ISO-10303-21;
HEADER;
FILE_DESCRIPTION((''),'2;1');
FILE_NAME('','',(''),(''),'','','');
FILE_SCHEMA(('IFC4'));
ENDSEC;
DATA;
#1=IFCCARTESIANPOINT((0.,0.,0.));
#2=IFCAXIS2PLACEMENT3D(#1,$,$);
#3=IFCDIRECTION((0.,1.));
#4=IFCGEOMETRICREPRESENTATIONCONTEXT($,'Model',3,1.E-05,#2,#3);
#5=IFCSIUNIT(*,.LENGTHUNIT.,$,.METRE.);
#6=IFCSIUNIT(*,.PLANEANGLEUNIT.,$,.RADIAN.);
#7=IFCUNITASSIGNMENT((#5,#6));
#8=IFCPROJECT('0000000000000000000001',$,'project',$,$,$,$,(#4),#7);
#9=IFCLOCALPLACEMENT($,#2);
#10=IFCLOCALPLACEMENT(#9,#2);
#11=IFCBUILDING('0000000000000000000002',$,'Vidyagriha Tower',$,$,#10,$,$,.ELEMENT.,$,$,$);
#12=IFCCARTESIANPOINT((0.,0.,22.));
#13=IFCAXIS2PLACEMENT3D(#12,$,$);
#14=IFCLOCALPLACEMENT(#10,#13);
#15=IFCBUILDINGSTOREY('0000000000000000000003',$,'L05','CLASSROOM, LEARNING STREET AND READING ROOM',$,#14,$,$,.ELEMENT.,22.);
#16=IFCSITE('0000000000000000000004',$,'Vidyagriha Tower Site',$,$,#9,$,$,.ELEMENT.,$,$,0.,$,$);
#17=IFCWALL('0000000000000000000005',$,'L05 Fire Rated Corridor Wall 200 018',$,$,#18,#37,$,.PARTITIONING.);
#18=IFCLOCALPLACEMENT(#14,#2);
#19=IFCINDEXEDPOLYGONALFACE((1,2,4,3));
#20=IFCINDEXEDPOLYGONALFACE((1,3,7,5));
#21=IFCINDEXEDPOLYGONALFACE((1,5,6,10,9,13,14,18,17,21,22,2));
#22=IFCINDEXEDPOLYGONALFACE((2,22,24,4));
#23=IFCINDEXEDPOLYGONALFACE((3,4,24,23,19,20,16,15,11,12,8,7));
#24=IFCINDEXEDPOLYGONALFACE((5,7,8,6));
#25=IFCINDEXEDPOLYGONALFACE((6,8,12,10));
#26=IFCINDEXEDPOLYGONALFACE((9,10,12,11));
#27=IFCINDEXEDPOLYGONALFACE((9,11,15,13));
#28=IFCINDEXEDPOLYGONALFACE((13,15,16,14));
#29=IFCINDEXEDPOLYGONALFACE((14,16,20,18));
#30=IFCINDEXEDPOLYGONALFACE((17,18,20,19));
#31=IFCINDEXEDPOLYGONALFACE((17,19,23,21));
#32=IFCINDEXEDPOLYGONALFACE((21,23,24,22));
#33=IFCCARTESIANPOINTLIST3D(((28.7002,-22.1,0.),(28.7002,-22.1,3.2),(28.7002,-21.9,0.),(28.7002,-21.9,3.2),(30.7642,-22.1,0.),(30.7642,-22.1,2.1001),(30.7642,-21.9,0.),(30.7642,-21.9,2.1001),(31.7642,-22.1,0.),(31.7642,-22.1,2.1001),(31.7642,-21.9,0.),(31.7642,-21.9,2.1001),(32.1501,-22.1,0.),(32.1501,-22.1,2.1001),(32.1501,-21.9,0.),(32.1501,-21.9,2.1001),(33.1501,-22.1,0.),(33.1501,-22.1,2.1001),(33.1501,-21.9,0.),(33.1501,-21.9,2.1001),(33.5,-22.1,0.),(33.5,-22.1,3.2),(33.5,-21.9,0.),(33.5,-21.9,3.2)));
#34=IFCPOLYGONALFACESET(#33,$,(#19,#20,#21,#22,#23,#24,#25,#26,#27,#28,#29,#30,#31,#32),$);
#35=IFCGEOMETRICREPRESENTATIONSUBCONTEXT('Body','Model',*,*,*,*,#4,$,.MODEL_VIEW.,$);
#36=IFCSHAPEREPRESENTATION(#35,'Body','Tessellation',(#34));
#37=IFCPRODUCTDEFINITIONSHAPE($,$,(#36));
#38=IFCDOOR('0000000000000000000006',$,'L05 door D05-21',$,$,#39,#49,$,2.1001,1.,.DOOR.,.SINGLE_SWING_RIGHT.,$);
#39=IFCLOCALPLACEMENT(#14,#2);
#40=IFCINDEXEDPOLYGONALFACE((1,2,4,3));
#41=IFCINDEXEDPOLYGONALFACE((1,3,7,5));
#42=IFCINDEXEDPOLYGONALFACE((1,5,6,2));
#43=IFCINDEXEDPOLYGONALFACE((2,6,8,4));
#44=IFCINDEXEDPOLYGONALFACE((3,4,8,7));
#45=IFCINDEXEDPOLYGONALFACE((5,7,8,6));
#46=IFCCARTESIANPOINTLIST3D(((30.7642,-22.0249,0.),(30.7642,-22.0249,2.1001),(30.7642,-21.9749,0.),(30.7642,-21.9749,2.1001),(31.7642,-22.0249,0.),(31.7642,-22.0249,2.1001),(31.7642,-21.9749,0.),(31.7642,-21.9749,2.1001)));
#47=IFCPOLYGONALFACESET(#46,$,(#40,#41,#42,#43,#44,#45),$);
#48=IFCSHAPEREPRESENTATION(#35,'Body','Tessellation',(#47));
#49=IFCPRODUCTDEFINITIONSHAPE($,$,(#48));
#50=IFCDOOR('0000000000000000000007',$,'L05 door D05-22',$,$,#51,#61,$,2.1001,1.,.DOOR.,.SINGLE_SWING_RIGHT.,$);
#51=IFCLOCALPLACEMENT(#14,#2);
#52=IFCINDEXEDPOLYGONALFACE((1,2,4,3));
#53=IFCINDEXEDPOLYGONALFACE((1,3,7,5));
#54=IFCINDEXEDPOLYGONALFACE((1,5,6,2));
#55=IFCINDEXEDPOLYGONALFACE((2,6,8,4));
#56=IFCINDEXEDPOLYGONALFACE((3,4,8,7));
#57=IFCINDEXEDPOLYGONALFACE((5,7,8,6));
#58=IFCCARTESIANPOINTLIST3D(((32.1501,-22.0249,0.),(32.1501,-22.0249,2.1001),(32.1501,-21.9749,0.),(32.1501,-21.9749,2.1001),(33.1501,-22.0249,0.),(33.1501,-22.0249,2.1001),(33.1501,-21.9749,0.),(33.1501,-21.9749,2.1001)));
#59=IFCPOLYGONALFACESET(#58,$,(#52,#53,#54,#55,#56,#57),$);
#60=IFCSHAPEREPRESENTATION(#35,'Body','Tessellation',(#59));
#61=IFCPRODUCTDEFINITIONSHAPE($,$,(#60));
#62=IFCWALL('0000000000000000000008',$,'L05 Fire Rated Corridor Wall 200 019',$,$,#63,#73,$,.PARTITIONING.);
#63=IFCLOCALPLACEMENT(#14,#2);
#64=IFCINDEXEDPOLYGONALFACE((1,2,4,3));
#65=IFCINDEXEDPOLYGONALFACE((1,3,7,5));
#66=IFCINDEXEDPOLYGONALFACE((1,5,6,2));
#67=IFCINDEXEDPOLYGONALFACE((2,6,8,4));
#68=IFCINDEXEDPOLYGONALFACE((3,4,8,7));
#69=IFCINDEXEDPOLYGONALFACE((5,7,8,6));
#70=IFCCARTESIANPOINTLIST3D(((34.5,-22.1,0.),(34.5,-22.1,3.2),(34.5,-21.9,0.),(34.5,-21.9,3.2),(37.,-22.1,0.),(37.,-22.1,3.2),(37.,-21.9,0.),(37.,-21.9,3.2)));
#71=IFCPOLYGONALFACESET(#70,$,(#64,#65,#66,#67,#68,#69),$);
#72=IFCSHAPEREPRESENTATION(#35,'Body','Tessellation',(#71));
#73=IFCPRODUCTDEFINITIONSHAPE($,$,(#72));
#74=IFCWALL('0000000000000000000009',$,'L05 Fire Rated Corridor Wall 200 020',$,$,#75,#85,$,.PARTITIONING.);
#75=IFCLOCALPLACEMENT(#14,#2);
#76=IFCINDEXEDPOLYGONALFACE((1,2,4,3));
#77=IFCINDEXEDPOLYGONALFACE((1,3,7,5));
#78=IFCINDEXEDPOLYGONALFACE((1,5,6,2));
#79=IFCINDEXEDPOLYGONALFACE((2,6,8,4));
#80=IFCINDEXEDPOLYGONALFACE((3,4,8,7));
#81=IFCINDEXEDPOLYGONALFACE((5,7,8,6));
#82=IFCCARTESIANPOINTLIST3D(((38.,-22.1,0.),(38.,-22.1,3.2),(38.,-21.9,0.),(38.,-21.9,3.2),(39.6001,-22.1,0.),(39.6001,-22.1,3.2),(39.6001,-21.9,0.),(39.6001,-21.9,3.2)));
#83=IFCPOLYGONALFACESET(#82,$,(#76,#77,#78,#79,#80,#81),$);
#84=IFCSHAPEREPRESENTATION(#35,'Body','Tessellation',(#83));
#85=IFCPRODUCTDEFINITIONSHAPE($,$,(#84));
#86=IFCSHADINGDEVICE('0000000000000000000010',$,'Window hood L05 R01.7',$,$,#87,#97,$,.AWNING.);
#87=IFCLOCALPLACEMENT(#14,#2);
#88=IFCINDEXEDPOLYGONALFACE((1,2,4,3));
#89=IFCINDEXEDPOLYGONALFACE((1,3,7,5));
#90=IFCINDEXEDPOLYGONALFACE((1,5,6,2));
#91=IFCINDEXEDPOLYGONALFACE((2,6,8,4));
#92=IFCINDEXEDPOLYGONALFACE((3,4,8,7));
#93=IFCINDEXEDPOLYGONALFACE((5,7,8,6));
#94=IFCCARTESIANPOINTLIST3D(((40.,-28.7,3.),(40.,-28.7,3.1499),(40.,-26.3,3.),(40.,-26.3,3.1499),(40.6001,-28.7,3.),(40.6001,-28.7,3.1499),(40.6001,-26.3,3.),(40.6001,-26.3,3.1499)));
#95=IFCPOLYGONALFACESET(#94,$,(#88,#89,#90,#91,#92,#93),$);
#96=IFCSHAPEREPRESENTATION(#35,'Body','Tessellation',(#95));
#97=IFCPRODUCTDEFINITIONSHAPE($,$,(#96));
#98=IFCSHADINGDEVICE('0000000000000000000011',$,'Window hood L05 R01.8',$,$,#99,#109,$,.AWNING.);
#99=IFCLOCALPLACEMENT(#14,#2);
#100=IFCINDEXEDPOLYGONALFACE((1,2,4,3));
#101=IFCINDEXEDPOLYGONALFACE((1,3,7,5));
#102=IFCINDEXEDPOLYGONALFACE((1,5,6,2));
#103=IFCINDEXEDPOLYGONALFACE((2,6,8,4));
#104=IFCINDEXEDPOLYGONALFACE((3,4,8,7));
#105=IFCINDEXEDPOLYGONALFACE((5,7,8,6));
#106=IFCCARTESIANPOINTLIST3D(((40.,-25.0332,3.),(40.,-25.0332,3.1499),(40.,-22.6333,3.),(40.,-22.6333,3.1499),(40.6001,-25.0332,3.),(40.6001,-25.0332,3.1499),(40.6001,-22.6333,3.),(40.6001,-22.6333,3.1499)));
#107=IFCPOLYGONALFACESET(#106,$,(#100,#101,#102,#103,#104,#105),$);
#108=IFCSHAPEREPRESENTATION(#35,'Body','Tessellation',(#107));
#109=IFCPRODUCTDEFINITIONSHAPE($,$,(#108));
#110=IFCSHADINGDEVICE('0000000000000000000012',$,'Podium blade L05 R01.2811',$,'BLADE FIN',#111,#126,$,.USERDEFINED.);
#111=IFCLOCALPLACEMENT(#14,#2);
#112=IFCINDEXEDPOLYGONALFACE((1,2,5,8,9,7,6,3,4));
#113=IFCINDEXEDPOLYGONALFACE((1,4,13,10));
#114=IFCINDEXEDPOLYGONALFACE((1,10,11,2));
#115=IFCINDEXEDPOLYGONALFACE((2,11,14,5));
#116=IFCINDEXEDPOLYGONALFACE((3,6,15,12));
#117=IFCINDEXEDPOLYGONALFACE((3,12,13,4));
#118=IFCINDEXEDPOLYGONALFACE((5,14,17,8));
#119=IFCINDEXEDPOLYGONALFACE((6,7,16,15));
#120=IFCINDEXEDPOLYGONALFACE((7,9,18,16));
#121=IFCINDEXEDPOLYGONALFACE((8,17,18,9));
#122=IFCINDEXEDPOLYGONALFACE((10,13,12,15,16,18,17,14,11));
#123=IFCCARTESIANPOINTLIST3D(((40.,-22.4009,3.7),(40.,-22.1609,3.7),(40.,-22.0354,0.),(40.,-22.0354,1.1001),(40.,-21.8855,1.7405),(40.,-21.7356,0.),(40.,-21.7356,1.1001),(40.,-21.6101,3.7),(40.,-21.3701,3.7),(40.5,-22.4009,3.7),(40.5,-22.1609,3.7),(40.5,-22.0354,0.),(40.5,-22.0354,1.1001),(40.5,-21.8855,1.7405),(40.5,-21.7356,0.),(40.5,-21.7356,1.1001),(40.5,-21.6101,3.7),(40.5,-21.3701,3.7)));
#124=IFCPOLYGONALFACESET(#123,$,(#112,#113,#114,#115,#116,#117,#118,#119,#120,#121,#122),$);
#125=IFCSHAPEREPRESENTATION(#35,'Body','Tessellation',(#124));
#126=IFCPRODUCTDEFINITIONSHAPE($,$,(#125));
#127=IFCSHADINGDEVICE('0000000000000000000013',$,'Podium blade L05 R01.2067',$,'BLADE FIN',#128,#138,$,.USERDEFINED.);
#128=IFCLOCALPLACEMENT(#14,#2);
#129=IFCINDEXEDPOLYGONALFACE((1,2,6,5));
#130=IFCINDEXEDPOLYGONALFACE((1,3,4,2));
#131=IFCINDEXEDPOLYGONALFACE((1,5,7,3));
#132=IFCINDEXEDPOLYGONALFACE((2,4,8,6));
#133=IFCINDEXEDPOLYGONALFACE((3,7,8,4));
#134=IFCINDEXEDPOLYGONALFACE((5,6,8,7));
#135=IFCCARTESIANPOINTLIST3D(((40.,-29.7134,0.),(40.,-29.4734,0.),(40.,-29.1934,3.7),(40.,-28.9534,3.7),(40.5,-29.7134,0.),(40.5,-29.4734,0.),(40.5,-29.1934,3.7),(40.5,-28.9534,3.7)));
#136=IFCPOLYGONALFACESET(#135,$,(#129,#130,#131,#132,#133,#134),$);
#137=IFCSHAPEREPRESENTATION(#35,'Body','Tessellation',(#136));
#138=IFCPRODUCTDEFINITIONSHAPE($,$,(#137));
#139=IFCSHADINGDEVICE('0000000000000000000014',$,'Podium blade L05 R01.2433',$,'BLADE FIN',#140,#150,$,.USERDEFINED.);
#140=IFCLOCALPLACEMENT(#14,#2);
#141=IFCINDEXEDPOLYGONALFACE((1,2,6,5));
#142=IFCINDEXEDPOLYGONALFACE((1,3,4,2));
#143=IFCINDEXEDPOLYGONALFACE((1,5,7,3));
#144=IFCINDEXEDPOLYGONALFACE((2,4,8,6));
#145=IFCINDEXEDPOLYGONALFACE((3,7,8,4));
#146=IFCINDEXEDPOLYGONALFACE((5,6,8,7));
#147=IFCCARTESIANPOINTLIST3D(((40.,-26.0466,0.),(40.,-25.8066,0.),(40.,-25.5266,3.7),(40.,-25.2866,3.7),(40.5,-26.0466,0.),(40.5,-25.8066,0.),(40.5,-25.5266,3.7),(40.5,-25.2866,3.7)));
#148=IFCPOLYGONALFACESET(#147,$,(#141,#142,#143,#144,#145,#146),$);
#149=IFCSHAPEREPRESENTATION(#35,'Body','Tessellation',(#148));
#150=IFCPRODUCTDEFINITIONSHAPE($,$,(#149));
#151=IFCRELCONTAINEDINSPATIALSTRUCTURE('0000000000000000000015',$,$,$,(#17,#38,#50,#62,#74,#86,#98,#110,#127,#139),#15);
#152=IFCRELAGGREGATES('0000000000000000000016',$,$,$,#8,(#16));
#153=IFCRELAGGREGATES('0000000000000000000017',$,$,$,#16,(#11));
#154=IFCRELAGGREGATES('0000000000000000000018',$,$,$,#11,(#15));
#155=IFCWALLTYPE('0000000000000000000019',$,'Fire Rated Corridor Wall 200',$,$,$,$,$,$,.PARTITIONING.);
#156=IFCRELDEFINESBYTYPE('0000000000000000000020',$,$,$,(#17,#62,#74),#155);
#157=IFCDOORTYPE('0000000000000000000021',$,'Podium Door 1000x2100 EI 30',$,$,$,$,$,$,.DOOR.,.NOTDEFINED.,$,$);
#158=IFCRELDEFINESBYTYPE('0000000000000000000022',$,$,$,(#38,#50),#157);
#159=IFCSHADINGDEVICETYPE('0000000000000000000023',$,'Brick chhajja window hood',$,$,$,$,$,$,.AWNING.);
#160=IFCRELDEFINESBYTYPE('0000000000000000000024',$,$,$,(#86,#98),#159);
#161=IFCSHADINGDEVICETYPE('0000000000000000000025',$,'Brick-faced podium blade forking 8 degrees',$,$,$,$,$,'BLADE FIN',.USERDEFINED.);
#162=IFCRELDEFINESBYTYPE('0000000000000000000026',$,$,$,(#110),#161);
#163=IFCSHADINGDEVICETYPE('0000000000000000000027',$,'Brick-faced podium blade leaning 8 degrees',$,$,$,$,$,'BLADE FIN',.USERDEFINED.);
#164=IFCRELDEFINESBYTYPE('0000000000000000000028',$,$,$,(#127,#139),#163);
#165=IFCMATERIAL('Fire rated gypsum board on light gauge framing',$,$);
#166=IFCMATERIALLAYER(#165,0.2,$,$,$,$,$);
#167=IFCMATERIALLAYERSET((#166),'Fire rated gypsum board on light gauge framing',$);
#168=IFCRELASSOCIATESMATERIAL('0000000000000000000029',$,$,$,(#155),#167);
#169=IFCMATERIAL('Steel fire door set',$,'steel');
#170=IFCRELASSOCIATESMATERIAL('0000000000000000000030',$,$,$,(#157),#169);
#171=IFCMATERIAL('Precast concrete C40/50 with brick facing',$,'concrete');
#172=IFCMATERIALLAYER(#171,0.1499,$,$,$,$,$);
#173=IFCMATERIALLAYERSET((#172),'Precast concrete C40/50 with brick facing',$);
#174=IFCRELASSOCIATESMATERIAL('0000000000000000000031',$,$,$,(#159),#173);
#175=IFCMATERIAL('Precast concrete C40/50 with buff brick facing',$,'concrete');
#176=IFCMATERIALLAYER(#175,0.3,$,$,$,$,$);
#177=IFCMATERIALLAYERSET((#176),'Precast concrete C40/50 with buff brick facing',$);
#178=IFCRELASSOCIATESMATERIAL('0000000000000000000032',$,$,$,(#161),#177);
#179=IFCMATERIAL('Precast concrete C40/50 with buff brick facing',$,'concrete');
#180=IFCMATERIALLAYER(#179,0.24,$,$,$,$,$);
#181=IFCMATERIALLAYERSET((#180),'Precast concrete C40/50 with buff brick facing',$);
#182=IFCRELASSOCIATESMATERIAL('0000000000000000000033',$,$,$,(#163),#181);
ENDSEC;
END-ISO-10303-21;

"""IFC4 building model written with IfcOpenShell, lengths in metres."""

from ifc_helpers import new_model, si_unit, direction, frame, frame_2d, origin, origin_2d, place, context, subcontext, project, spatial, polyline, rectangle, outline, extrude, material, layer, layer_set, type_object, element, fill, save


model = new_model("IFC4")

# Units and contexts
model_context = context("Model", 3, precision=1e-05, world=origin(), true_north=direction((0.0, 1.0)))
body_context = subcontext(model_context, "Body", "Model", "MODEL_VIEW")
ifc_project = project(units=[si_unit("LENGTHUNIT", "METRE"), si_unit("PLANEANGLEUNIT", "RADIAN")], contexts=[model_context])

# Site, building, storey
site_placement = place(None, origin())
site = spatial("IfcSite", under=ifc_project, at=site_placement, Name="Vidyagriha Tower Site", CompositionType="ELEMENT", RefElevation=0.0)
building_placement = place(site_placement, origin())
building = spatial("IfcBuilding", under=site, at=building_placement, Name="Vidyagriha Tower", CompositionType="ELEMENT")
storey_placement = place(building_placement, frame((0.0, 0.0, 22.0)))
storey = spatial("IfcBuildingStorey", under=building, at=storey_placement, Name="L05", Description="CLASSROOM, LEARNING STREET AND READING ROOM", CompositionType="ELEMENT", Elevation=22.0)

# Wall, openings, doors
ifc_material_1 = material(Name="Fire rated gypsum board on light gauge framing")
ifc_layer_1 = layer(ifc_material_1, 0.2)
ifc_layer_set_1 = layer_set([ifc_layer_1], Name="Fire rated gypsum board on light gauge framing")
wall_type = type_object("IfcWallType", Name="Fire Rated Corridor Wall 200", PredefinedType="PARTITIONING", material=ifc_layer_set_1)
wall_1_placement = place(storey_placement, frame((28.7002, -22.0, 0.0)))
wall_1 = element("IfcWall", 1, at=wall_1_placement, inside=storey, type_object=wall_type, Name="L05 Fire Rated Corridor Wall 200 018", PredefinedType="PARTITIONING", context=body_context, shape_type="SweptSolid", body=[
    extrude(rectangle(XDim=4.7998, YDim=0.2, at=frame_2d((2.3999, 0.0))), origin(), (0.0, 0.0, 1.0), 3.2),
])
opening_1_placement = place(wall_1_placement, frame((2.064, 0.0, 0.0)))
opening_1 = element("IfcOpeningElement", 2, at=opening_1_placement, cuts=wall_1, PredefinedType="OPENING", context=body_context, shape_type="SweptSolid", body=[
    extrude(rectangle(XDim=1.0, YDim=2.1001, at=frame_2d((0.5, 1.05))), frame((0.0, 0.1099, 0.0), z_axis=(0.0, -1.0, 0.0), x_axis=(1.0, 0.0, 0.0)), (0.0, 0.0, 1.0), 0.22),
])
opening_2_placement = place(wall_1_placement, frame((3.45, 0.0, 0.0)))
opening_2 = element("IfcOpeningElement", 3, at=opening_2_placement, cuts=wall_1, PredefinedType="OPENING", context=body_context, shape_type="SweptSolid", body=[
    extrude(rectangle(XDim=1.0, YDim=2.1001, at=frame_2d((0.5, 1.05))), frame((0.0, 0.1099, 0.0), z_axis=(0.0, -1.0, 0.0), x_axis=(1.0, 0.0, 0.0)), (0.0, 0.0, 1.0), 0.22),
])
ifc_material_2 = material(Name="Steel fire door set", Category="steel")
door_type = type_object("IfcDoorType", Name="Podium Door 1000x2100 EI 30", OperationType="NOTDEFINED", PredefinedType="DOOR", material=ifc_material_2)
door_1_placement = place(opening_1_placement, frame((1.0, 0.0, 0.0), z_axis=(0.0, 0.0, 1.0), x_axis=(-1.0, 0.0, 0.0)))
door_1 = element("IfcDoor", 4, at=door_1_placement, inside=storey, type_object=door_type, Name="L05 door D05-21", OperationType="SINGLE_SWING_RIGHT", OverallHeight=2.1001, OverallWidth=1.0, PredefinedType="DOOR", context=body_context, shape_type="SweptSolid", body=[
    extrude(rectangle(XDim=1.0, YDim=2.1001, at=frame_2d((0.5, 1.05))), frame((0.0, 0.0249, 0.0), z_axis=(0.0, -1.0, 0.0), x_axis=(1.0, 0.0, 0.0)), (0.0, 0.0, 1.0), 0.05),
])
fill(opening_1, door_1)
door_2_placement = place(opening_2_placement, frame((1.0, 0.0, 0.0), z_axis=(0.0, 0.0, 1.0), x_axis=(-1.0, 0.0, 0.0)))
door_2 = element("IfcDoor", 5, at=door_2_placement, inside=storey, type_object=door_type, Name="L05 door D05-22", OperationType="SINGLE_SWING_RIGHT", OverallHeight=2.1001, OverallWidth=1.0, PredefinedType="DOOR", context=body_context, shape_type="SweptSolid", body=[
    extrude(rectangle(XDim=1.0, YDim=2.1001, at=frame_2d((0.5, 1.05))), frame((0.0, 0.0249, 0.0), z_axis=(0.0, -1.0, 0.0), x_axis=(1.0, 0.0, 0.0)), (0.0, 0.0, 1.0), 0.05),
])
fill(opening_2, door_2)

# Walls
wall_2_placement = place(storey_placement, frame((34.5, -22.0, 0.0)))
element("IfcWall", 6, at=wall_2_placement, inside=storey, type_object=wall_type, Name="L05 Fire Rated Corridor Wall 200 019", PredefinedType="PARTITIONING", context=body_context, shape_type="SweptSolid", body=[
    extrude(rectangle(XDim=2.5, YDim=0.2, at=frame_2d((1.25, 0.0))), origin(), (0.0, 0.0, 1.0), 3.2),
])
wall_3_placement = place(storey_placement, frame((38.0, -22.0, 0.0)))
element("IfcWall", 7, at=wall_3_placement, inside=storey, type_object=wall_type, Name="L05 Fire Rated Corridor Wall 200 020", PredefinedType="PARTITIONING", context=body_context, shape_type="SweptSolid", body=[
    extrude(rectangle(XDim=1.6001, YDim=0.2, at=frame_2d((0.8, 0.0))), origin(), (0.0, 0.0, 1.0), 3.2),
])

# Shading devices
ifc_material_3 = material(Name="Precast concrete C40/50 with brick facing", Category="concrete")
ifc_layer_2 = layer(ifc_material_3, 0.1499)
ifc_layer_set_2 = layer_set([ifc_layer_2], Name="Precast concrete C40/50 with brick facing")
shading_device_type_1 = type_object("IfcShadingDeviceType", Name="Brick chhajja window hood", PredefinedType="AWNING", material=ifc_layer_set_2)
for number, where, z_axis, x_axis, name in (
    (8, (40.3, -27.5, 3.0), (0.0, 0.0, 1.0), (0.0, 1.0, 0.0), "Window hood L05 R01.7"),
    (9, (40.3, -23.8333, 3.0), (0.0, 0.0, 1.0), (0.0, 1.0, 0.0), "Window hood L05 R01.8"),
):
    element("IfcShadingDevice", number, at=place(storey_placement, frame(where, z_axis=z_axis, x_axis=x_axis)), inside=storey, type_object=shading_device_type_1, Name=name, PredefinedType="AWNING", context=body_context, shape_type="SweptSolid", body=[
        extrude(rectangle(XDim=2.3999, YDim=0.6001, at=origin_2d()), origin(), (0.0, 0.0, 1.0), 0.1499),
    ])
ifc_material_4 = material(Name="Precast concrete C40/50 with buff brick facing", Category="concrete")
ifc_layer_3 = layer(ifc_material_4, 0.3)
ifc_layer_set_3 = layer_set([ifc_layer_3], Name="Precast concrete C40/50 with buff brick facing")
shading_device_type_2 = type_object("IfcShadingDeviceType", Name="Brick-faced podium blade forking 8 degrees", ElementType="BLADE FIN", PredefinedType="USERDEFINED", material=ifc_layer_set_3)
shading_device_placement = place(storey_placement, frame((40.25, -22.4009, 0.0), z_axis=(0.0, 0.0, 1.0), x_axis=(0.0, 1.0, 0.0)))
element("IfcShadingDevice", 10, at=shading_device_placement, inside=storey, type_object=shading_device_type_2, Name="Podium blade L05 R01.2811", ObjectType="BLADE FIN", PredefinedType="USERDEFINED", context=body_context, shape_type="SweptSolid", body=[
    extrude(outline(polyline([(0.6653, 0.0), (0.6653, 1.1001), (1.0308, 3.7), (0.7908, 3.7), (0.5154, 1.7405), (0.24, 3.7), (0.0, 3.7), (0.3655, 1.1001), (0.3655, 0.0), (0.6653, 0.0)])), frame((0.0, 0.25, 0.0), z_axis=(0.0, -1.0, 0.0), x_axis=(1.0, 0.0, 0.0)), (0.0, 0.0, 1.0), 0.5),
])
ifc_material_5 = material(Name="Precast concrete C40/50 with buff brick facing", Category="concrete")
ifc_layer_4 = layer(ifc_material_5, 0.24)
ifc_layer_set_4 = layer_set([ifc_layer_4], Name="Precast concrete C40/50 with buff brick facing")
shading_device_type_3 = type_object("IfcShadingDeviceType", Name="Brick-faced podium blade leaning 8 degrees", ElementType="BLADE FIN", PredefinedType="USERDEFINED", material=ifc_layer_set_4)
for number, where, z_axis, x_axis, name in (
    (11, (40.25, -29.7134, 0.0), (0.0, 0.0, 1.0), (0.0, 1.0, 0.0), "Podium blade L05 R01.2067"),
    (12, (40.25, -26.0466, 0.0), (0.0, 0.0, 1.0), (0.0, 1.0, 0.0), "Podium blade L05 R01.2433"),
):
    element("IfcShadingDevice", number, at=place(storey_placement, frame(where, z_axis=z_axis, x_axis=x_axis)), inside=storey, type_object=shading_device_type_3, Name=name, ObjectType="BLADE FIN", PredefinedType="USERDEFINED", context=body_context, shape_type="SweptSolid", body=[
        extrude(outline(polyline([(0.0, 0.0), (0.24, 0.0), (0.76, 3.7), (0.52, 3.7), (0.0, 0.0)])), frame((0.0, 0.25, 0.0), z_axis=(0.0, -1.0, 0.0), x_axis=(1.0, 0.0, 0.0)), (0.0, 0.0, 1.0), 0.5),
    ])

save(model, "model.ifc")
